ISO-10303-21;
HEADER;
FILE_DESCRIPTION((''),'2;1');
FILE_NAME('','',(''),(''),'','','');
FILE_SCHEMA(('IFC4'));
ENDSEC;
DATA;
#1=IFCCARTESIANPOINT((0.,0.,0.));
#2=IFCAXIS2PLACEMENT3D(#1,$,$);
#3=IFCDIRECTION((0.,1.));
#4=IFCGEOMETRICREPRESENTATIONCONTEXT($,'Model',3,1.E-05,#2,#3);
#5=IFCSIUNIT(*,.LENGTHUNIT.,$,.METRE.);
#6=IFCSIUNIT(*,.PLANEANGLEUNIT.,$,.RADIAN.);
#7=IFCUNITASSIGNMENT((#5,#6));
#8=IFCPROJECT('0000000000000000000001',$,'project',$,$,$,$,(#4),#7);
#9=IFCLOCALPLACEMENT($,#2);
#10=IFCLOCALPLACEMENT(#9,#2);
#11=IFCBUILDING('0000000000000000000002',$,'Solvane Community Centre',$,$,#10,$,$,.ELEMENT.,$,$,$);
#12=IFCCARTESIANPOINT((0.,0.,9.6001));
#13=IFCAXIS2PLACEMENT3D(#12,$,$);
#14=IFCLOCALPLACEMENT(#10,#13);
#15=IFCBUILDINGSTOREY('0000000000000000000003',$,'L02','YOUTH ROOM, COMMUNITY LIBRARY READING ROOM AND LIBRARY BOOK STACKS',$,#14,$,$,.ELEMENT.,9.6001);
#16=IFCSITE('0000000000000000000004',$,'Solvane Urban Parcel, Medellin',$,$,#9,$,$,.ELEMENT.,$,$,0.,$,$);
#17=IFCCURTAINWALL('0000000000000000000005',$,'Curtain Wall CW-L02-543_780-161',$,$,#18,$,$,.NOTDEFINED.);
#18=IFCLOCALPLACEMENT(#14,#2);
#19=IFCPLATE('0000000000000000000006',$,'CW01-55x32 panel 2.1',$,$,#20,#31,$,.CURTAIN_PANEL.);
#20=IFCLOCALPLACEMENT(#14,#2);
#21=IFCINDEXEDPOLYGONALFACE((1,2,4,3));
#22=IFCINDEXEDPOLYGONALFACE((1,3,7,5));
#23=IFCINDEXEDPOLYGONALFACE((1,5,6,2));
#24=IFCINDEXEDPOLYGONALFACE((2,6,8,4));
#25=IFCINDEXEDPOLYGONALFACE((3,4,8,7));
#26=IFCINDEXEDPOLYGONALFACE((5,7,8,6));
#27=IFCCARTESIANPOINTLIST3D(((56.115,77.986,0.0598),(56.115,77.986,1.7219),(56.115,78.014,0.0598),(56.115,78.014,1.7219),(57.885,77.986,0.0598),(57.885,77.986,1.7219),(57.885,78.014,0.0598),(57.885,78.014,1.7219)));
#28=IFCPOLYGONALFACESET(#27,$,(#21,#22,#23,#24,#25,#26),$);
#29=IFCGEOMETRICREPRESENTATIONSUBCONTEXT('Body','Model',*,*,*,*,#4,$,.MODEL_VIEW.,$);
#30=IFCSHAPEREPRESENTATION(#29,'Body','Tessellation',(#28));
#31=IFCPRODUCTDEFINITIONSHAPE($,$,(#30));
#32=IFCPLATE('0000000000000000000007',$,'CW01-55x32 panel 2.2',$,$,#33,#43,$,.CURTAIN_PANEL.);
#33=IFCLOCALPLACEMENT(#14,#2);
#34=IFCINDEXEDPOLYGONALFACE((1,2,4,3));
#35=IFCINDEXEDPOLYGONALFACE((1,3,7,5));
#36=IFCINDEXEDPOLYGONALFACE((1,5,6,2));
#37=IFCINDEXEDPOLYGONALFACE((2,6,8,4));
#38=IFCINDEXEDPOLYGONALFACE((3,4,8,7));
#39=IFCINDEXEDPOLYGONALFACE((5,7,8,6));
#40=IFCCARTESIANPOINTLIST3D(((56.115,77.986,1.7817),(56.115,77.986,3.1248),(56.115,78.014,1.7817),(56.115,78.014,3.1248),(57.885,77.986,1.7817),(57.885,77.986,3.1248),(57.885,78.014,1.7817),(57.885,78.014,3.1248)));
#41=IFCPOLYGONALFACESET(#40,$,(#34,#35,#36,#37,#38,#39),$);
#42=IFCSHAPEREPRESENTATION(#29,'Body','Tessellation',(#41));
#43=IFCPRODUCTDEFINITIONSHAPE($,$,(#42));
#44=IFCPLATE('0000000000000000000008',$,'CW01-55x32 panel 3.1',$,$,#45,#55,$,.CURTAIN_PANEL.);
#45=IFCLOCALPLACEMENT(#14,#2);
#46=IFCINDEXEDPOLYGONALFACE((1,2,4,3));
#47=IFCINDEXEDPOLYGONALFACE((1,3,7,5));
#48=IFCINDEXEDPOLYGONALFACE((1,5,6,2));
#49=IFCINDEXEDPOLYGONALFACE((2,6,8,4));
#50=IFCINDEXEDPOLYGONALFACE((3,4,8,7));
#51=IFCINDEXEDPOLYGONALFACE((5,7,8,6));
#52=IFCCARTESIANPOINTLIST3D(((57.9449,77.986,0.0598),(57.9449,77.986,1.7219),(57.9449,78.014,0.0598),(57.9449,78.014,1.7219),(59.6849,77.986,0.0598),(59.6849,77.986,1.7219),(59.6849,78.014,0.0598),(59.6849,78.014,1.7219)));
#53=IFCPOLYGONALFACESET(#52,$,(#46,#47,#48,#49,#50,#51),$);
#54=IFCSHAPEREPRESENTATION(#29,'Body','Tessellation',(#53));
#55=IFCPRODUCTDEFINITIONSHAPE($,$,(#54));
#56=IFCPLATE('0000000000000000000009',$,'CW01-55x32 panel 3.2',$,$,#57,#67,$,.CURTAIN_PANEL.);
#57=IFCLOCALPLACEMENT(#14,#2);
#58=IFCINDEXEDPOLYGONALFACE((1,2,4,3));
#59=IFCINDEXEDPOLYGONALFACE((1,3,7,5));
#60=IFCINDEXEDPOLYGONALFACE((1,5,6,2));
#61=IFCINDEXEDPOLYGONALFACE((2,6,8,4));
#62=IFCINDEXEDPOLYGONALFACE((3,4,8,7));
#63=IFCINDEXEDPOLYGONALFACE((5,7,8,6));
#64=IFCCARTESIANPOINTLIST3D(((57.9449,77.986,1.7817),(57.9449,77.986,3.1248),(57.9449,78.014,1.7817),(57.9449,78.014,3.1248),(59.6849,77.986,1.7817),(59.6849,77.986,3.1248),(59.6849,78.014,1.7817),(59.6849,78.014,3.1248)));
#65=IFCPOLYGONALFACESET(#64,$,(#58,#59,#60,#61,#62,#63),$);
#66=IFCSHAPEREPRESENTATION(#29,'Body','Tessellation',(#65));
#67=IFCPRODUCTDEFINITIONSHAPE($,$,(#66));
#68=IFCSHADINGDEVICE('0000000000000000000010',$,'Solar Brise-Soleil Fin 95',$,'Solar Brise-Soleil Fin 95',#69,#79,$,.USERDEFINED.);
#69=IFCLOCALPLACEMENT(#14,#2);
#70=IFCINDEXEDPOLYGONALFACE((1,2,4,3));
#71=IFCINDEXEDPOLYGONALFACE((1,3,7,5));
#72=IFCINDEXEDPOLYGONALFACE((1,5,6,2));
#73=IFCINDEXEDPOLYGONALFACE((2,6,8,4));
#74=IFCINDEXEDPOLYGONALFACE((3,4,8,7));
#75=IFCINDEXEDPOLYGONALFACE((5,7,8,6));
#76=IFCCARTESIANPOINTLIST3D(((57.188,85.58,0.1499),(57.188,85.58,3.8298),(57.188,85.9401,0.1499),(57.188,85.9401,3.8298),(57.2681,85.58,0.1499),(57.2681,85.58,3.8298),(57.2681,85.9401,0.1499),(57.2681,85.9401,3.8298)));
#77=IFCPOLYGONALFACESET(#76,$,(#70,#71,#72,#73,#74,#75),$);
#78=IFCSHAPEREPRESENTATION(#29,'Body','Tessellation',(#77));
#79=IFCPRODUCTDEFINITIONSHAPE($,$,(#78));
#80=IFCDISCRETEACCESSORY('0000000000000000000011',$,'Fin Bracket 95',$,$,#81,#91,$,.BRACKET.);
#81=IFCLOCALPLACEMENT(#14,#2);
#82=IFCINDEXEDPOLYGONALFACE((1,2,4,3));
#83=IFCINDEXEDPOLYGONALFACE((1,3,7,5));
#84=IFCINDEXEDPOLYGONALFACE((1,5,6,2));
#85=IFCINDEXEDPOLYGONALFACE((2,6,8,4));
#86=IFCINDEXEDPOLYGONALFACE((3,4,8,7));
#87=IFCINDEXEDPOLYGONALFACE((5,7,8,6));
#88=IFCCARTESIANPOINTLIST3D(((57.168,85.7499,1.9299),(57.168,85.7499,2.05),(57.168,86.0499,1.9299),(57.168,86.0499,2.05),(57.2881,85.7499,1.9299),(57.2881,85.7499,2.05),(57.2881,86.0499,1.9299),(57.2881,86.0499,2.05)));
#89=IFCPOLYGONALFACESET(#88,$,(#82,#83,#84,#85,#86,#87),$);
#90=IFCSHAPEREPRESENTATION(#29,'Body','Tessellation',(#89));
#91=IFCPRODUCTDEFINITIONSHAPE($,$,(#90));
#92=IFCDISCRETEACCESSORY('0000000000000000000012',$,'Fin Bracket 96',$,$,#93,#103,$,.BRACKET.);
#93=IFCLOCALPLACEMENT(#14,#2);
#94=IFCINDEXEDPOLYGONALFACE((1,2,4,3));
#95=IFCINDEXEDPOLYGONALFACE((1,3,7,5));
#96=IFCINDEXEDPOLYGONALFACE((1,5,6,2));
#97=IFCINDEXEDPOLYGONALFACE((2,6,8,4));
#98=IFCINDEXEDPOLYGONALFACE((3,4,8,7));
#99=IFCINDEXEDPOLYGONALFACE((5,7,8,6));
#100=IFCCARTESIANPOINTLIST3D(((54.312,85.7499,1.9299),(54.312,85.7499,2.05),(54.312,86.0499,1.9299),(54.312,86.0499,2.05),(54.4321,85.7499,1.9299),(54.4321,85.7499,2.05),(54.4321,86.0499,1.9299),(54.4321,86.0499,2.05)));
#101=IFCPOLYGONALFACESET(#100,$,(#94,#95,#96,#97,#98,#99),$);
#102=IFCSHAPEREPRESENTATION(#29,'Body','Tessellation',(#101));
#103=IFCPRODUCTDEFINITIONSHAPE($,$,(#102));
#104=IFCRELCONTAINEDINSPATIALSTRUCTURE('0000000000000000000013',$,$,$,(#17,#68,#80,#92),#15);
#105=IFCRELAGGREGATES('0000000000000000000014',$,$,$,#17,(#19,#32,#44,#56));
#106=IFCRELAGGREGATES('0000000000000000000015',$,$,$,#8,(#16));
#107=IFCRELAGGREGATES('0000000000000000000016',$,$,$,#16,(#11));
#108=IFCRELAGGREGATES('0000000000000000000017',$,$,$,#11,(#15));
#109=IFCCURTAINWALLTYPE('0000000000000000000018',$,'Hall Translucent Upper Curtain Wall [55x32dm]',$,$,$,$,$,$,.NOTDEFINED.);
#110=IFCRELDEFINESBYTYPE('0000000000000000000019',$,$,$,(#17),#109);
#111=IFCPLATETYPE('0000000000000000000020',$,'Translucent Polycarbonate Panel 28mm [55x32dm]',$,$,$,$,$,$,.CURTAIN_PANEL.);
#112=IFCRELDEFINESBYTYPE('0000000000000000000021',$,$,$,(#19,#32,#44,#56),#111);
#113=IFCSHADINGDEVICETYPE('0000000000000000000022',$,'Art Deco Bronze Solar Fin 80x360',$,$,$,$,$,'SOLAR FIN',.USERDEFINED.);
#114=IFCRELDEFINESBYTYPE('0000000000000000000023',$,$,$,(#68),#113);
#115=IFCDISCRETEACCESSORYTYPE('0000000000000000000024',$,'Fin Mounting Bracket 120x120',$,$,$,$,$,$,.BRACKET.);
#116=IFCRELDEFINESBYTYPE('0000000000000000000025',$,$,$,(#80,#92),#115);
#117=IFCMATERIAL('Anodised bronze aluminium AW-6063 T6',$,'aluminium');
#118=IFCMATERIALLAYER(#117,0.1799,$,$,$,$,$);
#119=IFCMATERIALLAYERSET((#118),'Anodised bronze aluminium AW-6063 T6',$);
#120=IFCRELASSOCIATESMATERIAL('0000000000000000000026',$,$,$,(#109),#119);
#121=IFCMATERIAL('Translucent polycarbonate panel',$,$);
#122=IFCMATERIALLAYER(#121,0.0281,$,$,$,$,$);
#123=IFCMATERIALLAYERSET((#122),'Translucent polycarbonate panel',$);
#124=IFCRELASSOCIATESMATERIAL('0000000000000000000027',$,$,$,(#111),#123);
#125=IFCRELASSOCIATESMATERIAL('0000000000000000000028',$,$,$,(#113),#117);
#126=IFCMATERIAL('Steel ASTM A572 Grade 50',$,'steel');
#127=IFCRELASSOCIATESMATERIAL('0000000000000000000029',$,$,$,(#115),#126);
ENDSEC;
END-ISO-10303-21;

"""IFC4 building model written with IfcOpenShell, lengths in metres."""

from ifc_helpers import new_model, si_unit, direction, frame, origin, origin_2d, place, context, subcontext, project, spatial, rectangle, extrude, material, layer, layer_set, type_object, element, aggregate, save


model = new_model("IFC4")

# Units and contexts
model_context = context("Model", 3, precision=1e-05, world=origin(), true_north=direction((0.0, 1.0)))
body_context = subcontext(model_context, "Body", "Model", "MODEL_VIEW")
ifc_project = project(units=[si_unit("LENGTHUNIT", "METRE"), si_unit("PLANEANGLEUNIT", "RADIAN")], contexts=[model_context])

# Site, building, storey
site_placement = place(None, origin())
site = spatial("IfcSite", under=ifc_project, at=site_placement, Name="Solvane Urban Parcel, Medellin", CompositionType="ELEMENT", RefElevation=0.0)
building_placement = place(site_placement, origin())
building = spatial("IfcBuilding", under=site, at=building_placement, Name="Solvane Community Centre", CompositionType="ELEMENT")
storey_placement = place(building_placement, frame((0.0, 0.0, 9.6001)))
storey = spatial("IfcBuildingStorey", under=building, at=storey_placement, Name="L02", Description="YOUTH ROOM, COMMUNITY LIBRARY READING ROOM AND LIBRARY BOOK STACKS", CompositionType="ELEMENT", Elevation=9.6001)

# Curtain wall
ifc_material_1 = material(Name="Anodised bronze aluminium AW-6063 T6", Category="aluminium")
ifc_layer_1 = layer(ifc_material_1, 0.1799)
ifc_layer_set_1 = layer_set([ifc_layer_1], Name="Anodised bronze aluminium AW-6063 T6")
curtain_wall_type = type_object("IfcCurtainWallType", Name="Hall Translucent Upper Curtain Wall [55x32dm]", PredefinedType="NOTDEFINED", material=ifc_layer_set_1)
curtain_wall_placement = place(storey_placement, origin())
curtain_wall = element("IfcCurtainWall", 1, at=curtain_wall_placement, inside=storey, type_object=curtain_wall_type, Name="Curtain Wall CW-L02-543_780-161", PredefinedType="NOTDEFINED")

# Plates
ifc_material_2 = material(Name="Translucent polycarbonate panel")
ifc_layer_2 = layer(ifc_material_2, 0.0281)
ifc_layer_set_2 = layer_set([ifc_layer_2], Name="Translucent polycarbonate panel")
plate_type = type_object("IfcPlateType", Name="Translucent Polycarbonate Panel 28mm [55x32dm]", PredefinedType="CURTAIN_PANEL", material=ifc_layer_set_2)
plate_1_placement = place(storey_placement, frame((57.0, 78.0, 0.0598), z_axis=(0.0, 0.0, 1.0), x_axis=(1.0, 0.0, 0.0)))
plate_1 = element("IfcPlate", 2, at=plate_1_placement, type_object=plate_type, Name="CW01-55x32 panel 2.1", PredefinedType="CURTAIN_PANEL", context=body_context, shape_type="SweptSolid", body=[
    extrude(rectangle(XDim=1.77, YDim=0.0281, at=origin_2d()), origin(), (0.0, 0.0, 1.0), 1.6621),
])
plate_2_placement = place(storey_placement, frame((57.0, 78.0, 1.7817), z_axis=(0.0, 0.0, 1.0), x_axis=(1.0, 0.0, 0.0)))
plate_2 = element("IfcPlate", 3, at=plate_2_placement, type_object=plate_type, Name="CW01-55x32 panel 2.2", PredefinedType="CURTAIN_PANEL", context=body_context, shape_type="SweptSolid", body=[
    extrude(rectangle(XDim=1.77, YDim=0.0281, at=origin_2d()), origin(), (0.0, 0.0, 1.0), 1.343),
])
plate_3_placement = place(storey_placement, frame((58.8149, 78.0, 0.0598), z_axis=(0.0, 0.0, 1.0), x_axis=(1.0, 0.0, 0.0)))
plate_3 = element("IfcPlate", 4, at=plate_3_placement, type_object=plate_type, Name="CW01-55x32 panel 3.1", PredefinedType="CURTAIN_PANEL", context=body_context, shape_type="SweptSolid", body=[
    extrude(rectangle(XDim=1.74, YDim=0.0281, at=origin_2d()), origin(), (0.0, 0.0, 1.0), 1.6621),
])
plate_4_placement = place(storey_placement, frame((58.8149, 78.0, 1.7817), z_axis=(0.0, 0.0, 1.0), x_axis=(1.0, 0.0, 0.0)))
plate_4 = element("IfcPlate", 5, at=plate_4_placement, type_object=plate_type, Name="CW01-55x32 panel 3.2", PredefinedType="CURTAIN_PANEL", context=body_context, shape_type="SweptSolid", body=[
    extrude(rectangle(XDim=1.74, YDim=0.0281, at=origin_2d()), origin(), (0.0, 0.0, 1.0), 1.343),
])
aggregate(curtain_wall, [plate_1, plate_2, plate_3, plate_4])

# Shading device
shading_device_type = type_object("IfcShadingDeviceType", Name="Art Deco Bronze Solar Fin 80x360", ElementType="SOLAR FIN", PredefinedType="USERDEFINED", material=ifc_material_1)
shading_device_placement = place(storey_placement, frame((57.228, 85.76, 0.1499), z_axis=(0.0, 0.0, 1.0), x_axis=(-1.0, 0.0, 0.0)))
element("IfcShadingDevice", 6, at=shading_device_placement, inside=storey, type_object=shading_device_type, Name="Solar Brise-Soleil Fin 95", ObjectType="Solar Brise-Soleil Fin 95", PredefinedType="USERDEFINED", context=body_context, shape_type="SweptSolid", body=[
    extrude(rectangle(XDim=0.0801, YDim=0.3601, at=origin_2d()), origin(), (0.0, 0.0, 1.0), 3.6799),
])

# Discrete accessories
ifc_material_3 = material(Name="Steel ASTM A572 Grade 50", Category="steel")
discrete_accessory_type = type_object("IfcDiscreteAccessoryType", Name="Fin Mounting Bracket 120x120", PredefinedType="BRACKET", material=ifc_material_3)
for number, where, z_axis, x_axis, name in (
    (7, (57.228, 85.8999, 1.9299), (0.0, 0.0, 1.0), (-1.0, 0.0, 0.0), "Fin Bracket 95"),
    (8, (54.3721, 85.8999, 1.9299), (0.0, 0.0, 1.0), (-1.0, 0.0, 0.0), "Fin Bracket 96"),
):
    element("IfcDiscreteAccessory", number, at=place(storey_placement, frame(where, z_axis=z_axis, x_axis=x_axis)), inside=storey, type_object=discrete_accessory_type, Name=name, PredefinedType="BRACKET", context=body_context, shape_type="SweptSolid", body=[
        extrude(rectangle(XDim=0.1201, YDim=0.3, at=origin_2d()), origin(), (0.0, 0.0, 1.0), 0.1201),
    ])

save(model, "model.ifc")
